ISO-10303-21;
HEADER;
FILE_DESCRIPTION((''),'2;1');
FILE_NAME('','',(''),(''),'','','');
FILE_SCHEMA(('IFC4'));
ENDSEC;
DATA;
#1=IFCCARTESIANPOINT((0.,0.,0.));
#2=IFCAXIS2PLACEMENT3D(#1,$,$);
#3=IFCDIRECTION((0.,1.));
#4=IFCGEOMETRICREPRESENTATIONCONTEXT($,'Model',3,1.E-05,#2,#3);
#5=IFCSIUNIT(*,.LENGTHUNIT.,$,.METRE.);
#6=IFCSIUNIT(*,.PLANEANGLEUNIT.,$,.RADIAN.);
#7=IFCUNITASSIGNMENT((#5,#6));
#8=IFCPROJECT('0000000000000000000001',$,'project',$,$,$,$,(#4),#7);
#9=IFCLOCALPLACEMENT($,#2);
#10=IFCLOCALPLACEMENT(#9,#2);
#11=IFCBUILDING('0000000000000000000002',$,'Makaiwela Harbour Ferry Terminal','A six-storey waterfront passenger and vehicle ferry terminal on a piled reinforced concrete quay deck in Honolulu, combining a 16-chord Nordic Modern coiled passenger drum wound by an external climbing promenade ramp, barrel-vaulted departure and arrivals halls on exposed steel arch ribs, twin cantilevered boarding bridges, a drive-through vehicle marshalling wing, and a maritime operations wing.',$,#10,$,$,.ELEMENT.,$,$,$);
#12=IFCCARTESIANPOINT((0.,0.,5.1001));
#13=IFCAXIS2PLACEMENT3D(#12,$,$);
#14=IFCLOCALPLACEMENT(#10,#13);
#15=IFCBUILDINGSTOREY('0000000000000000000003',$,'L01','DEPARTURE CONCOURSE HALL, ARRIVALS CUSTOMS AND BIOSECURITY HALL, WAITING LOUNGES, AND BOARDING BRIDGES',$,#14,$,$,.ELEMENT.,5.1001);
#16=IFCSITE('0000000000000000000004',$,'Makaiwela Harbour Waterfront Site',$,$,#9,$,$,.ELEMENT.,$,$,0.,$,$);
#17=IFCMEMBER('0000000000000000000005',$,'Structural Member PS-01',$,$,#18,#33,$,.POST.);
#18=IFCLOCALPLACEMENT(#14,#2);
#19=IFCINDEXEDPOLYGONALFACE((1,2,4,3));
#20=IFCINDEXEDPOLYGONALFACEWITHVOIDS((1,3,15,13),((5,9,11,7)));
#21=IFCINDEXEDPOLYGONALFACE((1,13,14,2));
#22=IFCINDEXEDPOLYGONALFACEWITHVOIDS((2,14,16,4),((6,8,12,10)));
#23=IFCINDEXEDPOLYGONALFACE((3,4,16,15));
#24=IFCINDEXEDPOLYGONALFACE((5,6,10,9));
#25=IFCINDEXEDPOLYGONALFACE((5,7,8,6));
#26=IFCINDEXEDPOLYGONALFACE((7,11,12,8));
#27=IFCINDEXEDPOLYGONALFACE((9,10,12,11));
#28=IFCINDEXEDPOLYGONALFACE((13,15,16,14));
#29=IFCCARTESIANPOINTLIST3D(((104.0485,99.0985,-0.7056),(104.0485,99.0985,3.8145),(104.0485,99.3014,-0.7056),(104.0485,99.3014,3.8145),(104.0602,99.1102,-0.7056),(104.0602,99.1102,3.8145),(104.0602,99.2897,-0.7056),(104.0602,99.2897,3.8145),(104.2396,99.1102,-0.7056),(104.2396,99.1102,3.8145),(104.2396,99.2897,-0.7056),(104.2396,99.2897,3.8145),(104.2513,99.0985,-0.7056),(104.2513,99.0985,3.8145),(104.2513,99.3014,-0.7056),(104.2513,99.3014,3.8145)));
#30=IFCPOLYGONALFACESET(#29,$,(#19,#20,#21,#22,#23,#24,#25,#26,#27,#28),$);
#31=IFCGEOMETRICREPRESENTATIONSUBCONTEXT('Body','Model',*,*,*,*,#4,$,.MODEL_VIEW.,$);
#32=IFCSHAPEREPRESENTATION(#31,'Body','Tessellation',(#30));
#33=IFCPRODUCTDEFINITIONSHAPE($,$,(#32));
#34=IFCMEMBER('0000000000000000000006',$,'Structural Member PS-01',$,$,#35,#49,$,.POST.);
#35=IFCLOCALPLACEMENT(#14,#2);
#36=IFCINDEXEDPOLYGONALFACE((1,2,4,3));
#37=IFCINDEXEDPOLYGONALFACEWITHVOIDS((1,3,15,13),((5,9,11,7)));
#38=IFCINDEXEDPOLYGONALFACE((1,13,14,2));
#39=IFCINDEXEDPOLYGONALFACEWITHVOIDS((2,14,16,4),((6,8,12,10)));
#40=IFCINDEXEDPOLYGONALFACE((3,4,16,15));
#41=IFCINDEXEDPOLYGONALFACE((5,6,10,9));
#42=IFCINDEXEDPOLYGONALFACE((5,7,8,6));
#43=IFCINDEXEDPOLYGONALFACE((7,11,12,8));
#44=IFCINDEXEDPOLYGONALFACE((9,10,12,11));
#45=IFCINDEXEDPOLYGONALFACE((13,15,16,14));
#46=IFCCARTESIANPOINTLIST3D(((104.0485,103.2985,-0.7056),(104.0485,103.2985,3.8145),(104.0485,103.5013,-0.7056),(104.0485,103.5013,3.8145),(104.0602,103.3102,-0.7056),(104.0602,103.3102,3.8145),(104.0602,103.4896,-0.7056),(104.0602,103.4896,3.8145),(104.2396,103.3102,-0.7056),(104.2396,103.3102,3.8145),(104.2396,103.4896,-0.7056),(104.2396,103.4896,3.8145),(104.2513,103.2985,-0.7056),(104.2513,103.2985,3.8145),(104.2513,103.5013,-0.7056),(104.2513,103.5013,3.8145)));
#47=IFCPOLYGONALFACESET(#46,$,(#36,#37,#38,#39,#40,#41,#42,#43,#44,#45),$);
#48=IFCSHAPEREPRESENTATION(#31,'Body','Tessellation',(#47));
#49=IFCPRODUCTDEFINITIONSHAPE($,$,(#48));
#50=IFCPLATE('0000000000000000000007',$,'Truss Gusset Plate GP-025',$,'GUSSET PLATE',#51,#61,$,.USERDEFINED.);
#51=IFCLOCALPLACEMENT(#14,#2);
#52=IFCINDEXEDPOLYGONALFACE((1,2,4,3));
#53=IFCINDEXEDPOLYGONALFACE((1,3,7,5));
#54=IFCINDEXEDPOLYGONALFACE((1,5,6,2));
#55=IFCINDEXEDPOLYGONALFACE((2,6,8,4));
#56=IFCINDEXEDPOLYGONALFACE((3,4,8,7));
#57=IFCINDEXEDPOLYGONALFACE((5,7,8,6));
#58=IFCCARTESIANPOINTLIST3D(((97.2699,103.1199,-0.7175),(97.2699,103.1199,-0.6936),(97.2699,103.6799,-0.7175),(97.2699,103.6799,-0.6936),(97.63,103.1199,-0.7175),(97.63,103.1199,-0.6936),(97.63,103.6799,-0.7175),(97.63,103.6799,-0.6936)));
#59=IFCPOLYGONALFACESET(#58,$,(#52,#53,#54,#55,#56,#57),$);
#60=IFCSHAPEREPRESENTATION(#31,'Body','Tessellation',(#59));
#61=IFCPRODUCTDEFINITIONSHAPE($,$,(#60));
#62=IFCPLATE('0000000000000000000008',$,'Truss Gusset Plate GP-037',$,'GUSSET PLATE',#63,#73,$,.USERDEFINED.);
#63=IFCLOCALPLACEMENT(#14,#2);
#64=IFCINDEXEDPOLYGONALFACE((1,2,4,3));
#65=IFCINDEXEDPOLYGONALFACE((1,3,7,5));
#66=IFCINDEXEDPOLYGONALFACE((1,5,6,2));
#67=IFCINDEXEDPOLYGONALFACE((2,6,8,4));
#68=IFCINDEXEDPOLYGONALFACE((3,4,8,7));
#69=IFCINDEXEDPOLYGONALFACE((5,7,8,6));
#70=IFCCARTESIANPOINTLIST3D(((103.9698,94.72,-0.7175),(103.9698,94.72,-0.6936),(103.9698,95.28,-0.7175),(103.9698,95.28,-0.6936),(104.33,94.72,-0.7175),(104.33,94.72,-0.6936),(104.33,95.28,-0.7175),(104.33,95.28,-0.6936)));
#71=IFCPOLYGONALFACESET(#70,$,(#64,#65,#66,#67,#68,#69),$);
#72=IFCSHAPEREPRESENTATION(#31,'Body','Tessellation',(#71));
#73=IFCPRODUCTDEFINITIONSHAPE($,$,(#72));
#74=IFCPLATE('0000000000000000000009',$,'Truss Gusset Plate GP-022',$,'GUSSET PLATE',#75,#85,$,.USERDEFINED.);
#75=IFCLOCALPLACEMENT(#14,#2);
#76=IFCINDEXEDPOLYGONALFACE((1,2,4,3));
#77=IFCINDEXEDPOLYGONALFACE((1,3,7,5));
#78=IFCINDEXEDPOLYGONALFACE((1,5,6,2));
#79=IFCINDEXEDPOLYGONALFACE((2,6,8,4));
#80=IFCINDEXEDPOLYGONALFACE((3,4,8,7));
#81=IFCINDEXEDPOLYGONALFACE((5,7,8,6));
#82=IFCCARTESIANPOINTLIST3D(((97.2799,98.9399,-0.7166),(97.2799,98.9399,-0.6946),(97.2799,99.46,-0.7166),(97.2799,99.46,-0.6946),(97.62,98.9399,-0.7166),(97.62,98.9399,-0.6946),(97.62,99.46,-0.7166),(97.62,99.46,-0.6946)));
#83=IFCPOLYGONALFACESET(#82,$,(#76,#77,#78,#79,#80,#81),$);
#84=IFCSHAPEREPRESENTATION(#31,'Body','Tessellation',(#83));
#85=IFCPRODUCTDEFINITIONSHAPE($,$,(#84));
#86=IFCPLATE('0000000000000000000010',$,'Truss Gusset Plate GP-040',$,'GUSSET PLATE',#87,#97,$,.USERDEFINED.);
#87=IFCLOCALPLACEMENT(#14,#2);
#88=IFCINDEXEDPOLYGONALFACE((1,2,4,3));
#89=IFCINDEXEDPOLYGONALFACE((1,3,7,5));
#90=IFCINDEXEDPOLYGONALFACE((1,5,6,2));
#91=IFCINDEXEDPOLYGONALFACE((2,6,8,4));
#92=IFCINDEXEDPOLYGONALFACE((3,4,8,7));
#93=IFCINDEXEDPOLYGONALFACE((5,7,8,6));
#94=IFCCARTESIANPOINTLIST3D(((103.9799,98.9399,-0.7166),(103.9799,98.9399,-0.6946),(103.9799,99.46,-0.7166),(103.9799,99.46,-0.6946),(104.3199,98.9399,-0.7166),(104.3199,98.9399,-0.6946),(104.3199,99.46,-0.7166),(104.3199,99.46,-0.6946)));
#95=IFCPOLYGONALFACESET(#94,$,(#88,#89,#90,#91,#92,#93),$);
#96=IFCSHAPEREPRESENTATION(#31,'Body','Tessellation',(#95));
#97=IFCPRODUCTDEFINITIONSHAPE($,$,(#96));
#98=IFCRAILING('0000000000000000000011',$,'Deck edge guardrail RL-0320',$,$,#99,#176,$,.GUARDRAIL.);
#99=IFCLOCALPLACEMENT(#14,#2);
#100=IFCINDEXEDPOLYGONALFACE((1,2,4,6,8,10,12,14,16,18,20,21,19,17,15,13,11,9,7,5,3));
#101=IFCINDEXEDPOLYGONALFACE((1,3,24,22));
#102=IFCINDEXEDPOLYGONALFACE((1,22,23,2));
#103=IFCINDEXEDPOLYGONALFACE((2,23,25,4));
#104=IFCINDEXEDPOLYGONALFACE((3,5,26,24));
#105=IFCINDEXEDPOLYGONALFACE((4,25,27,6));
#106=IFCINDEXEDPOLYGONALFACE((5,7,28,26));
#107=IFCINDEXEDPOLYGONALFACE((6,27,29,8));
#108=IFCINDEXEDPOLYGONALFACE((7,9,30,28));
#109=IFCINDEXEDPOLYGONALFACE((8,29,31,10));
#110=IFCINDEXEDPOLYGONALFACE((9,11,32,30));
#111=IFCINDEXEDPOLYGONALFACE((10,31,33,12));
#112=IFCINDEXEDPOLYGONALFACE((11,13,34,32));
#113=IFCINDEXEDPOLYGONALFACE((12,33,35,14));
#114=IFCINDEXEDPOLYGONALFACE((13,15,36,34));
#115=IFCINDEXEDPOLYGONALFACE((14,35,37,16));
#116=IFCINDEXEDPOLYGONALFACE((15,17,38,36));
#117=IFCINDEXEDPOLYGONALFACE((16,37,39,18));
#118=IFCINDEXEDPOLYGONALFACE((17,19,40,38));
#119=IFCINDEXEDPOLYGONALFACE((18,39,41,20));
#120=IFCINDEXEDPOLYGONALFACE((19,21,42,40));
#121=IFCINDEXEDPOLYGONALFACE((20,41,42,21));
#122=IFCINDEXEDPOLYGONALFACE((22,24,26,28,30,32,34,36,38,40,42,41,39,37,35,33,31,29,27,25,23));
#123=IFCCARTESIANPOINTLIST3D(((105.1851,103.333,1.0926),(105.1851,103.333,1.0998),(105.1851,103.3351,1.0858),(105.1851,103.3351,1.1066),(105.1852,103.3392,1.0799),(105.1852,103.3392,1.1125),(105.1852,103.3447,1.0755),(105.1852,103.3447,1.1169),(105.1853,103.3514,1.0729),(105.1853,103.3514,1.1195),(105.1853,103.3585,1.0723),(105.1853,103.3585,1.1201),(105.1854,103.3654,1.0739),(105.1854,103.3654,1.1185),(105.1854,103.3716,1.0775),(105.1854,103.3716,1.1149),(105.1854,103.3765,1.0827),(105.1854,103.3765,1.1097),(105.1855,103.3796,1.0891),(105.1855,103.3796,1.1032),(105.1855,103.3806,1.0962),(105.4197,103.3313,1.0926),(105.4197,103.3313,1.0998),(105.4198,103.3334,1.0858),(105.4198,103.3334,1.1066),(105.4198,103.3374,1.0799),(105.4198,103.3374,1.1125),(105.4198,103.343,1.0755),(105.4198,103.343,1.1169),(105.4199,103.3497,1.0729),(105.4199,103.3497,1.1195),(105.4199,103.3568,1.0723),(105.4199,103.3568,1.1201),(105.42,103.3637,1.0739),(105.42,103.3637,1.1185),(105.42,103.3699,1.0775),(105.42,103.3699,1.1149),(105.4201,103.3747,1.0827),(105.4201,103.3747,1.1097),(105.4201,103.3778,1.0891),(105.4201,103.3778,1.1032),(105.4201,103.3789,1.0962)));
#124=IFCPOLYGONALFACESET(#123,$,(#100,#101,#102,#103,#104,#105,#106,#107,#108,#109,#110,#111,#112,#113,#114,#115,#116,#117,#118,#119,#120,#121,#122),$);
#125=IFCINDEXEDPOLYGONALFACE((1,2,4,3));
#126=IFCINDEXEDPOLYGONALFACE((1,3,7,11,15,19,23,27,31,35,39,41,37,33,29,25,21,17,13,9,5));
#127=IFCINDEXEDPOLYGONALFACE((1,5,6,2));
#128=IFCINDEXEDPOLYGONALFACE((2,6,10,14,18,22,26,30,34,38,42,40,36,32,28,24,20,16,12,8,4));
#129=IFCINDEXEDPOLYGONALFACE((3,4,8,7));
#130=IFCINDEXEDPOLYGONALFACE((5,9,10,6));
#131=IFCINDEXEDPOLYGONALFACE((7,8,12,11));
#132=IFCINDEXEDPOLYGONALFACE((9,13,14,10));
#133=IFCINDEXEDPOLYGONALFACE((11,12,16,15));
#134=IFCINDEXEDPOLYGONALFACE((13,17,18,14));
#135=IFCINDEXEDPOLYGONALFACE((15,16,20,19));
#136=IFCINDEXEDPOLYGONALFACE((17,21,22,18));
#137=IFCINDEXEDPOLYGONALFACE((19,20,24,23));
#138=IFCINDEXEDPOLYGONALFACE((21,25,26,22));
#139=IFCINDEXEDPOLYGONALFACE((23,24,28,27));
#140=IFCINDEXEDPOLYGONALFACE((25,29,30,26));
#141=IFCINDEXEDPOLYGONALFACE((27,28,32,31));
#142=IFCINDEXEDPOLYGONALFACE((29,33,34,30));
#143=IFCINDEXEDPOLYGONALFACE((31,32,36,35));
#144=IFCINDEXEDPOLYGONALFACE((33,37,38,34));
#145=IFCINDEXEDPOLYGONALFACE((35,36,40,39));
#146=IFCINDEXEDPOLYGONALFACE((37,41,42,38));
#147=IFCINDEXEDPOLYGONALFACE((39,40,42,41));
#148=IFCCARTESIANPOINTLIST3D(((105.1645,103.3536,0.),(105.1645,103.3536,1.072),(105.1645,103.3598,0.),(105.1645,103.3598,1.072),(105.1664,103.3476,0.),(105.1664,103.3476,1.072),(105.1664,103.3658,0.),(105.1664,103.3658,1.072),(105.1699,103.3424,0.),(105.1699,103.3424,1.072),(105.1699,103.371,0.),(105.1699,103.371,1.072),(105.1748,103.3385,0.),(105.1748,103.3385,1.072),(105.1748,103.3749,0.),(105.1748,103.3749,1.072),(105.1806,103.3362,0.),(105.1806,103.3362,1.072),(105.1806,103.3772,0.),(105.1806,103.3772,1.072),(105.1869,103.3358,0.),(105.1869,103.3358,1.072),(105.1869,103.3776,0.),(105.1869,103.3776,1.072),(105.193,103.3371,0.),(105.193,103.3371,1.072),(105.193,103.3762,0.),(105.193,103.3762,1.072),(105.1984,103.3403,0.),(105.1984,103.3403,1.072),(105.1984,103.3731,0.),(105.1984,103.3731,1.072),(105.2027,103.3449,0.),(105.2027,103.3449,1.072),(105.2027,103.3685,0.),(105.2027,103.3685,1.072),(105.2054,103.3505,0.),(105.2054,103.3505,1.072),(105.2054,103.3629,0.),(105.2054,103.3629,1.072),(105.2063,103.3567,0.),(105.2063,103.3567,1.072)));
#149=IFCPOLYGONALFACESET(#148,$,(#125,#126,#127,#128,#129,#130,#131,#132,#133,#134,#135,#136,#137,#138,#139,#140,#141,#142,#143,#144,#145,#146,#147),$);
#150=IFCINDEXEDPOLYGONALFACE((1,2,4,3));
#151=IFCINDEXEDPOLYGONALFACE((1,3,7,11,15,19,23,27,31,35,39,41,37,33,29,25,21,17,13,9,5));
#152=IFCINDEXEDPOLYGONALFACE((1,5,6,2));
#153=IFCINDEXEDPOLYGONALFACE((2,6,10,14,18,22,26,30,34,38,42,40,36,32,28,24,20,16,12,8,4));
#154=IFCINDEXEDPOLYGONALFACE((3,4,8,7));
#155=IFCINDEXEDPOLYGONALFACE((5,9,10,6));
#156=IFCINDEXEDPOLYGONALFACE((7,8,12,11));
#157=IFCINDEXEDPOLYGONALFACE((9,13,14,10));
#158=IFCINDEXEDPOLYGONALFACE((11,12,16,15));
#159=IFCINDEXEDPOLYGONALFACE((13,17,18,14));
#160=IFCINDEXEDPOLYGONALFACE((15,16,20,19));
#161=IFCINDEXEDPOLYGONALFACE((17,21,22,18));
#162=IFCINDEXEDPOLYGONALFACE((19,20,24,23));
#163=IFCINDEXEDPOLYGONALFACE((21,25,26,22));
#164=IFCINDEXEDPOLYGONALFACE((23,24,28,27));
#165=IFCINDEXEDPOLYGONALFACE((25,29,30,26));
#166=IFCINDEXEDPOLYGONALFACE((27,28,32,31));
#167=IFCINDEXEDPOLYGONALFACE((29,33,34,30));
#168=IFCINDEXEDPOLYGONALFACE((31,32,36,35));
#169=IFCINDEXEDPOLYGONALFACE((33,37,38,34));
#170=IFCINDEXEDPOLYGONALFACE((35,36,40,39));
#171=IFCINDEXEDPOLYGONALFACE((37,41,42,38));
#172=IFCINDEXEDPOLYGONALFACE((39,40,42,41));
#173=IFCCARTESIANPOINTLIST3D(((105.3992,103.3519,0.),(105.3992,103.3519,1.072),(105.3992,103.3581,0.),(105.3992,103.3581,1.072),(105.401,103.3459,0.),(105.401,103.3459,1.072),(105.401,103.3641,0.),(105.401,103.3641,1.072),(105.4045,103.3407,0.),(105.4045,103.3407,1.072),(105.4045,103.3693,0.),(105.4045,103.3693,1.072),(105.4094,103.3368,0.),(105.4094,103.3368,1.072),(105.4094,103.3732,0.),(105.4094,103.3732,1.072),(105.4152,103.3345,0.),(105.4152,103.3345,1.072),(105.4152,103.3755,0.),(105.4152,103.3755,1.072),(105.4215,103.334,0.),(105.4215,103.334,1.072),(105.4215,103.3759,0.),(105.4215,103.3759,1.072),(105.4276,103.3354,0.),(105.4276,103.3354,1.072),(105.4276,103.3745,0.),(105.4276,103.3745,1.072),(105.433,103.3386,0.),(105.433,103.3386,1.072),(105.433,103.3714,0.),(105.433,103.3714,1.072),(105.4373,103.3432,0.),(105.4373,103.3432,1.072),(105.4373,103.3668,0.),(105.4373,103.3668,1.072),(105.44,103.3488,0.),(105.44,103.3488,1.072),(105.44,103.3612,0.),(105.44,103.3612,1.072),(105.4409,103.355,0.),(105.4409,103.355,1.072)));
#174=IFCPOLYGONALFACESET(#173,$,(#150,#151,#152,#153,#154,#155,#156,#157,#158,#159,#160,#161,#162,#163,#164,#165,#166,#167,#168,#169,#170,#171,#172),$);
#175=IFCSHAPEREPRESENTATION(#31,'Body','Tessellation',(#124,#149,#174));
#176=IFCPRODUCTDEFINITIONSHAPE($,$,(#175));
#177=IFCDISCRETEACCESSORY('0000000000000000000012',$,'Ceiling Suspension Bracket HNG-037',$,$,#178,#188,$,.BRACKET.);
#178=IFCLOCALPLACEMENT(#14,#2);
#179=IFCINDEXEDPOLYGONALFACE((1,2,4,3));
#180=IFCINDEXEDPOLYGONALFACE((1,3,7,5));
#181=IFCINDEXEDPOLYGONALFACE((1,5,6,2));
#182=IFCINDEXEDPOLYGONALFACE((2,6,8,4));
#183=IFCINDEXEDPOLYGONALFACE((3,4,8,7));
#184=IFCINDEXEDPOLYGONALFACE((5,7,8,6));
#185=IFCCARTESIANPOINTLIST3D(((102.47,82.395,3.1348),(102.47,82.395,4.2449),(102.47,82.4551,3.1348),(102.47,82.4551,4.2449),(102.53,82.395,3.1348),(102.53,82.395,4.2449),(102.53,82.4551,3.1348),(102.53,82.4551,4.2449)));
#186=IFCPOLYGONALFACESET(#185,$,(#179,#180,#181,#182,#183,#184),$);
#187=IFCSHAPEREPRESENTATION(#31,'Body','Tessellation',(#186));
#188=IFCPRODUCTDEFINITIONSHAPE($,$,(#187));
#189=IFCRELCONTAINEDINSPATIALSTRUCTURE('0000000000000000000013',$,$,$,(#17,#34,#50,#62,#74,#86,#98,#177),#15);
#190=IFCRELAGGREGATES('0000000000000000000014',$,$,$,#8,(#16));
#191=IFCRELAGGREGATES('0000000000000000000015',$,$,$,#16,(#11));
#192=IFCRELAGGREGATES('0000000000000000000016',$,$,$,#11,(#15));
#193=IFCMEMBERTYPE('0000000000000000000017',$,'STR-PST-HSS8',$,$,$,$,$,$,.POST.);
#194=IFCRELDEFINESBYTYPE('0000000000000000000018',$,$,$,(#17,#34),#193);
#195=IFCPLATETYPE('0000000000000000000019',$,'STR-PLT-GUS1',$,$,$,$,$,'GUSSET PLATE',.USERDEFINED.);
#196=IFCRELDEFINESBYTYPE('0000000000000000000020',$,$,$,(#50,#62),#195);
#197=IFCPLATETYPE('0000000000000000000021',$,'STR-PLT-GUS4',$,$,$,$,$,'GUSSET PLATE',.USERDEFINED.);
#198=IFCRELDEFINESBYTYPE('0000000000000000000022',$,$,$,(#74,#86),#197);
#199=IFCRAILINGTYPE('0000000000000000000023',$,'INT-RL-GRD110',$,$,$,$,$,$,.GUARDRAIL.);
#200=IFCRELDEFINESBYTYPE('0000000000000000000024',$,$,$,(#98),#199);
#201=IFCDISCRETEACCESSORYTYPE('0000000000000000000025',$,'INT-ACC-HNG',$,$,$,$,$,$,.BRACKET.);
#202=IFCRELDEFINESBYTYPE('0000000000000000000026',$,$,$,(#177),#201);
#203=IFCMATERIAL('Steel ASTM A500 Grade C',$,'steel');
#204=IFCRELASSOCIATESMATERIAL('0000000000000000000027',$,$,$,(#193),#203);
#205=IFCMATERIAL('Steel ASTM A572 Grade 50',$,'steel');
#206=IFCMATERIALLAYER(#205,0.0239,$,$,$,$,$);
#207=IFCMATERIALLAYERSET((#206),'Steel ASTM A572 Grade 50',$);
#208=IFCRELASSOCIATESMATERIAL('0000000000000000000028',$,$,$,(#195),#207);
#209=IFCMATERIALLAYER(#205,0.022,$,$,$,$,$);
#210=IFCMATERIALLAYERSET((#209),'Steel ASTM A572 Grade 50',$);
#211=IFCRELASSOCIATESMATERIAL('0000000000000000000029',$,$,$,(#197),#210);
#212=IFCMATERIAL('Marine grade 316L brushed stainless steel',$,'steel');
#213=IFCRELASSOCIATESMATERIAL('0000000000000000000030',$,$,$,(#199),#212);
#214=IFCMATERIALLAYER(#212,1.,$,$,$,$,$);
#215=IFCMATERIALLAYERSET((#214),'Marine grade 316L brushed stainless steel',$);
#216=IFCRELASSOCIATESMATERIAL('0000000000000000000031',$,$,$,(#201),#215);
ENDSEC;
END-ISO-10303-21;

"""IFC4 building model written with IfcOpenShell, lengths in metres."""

from ifc_helpers import new_model, si_unit, direction, frame, origin, origin_2d, place, context, subcontext, project, spatial, rectangle, hollow_rectangle, circle, extrude, material, layer, layer_set, material_profile, profile_set, type_object, element, save


model = new_model("IFC4")

# Units and contexts
model_context = context("Model", 3, precision=1e-05, world=origin(), true_north=direction((0.0, 1.0)))
body_context = subcontext(model_context, "Body", "Model", "MODEL_VIEW")
ifc_project = project(units=[si_unit("LENGTHUNIT", "METRE"), si_unit("PLANEANGLEUNIT", "RADIAN")], contexts=[model_context])

# Site, building, storey
site_placement = place(None, origin())
site = spatial("IfcSite", under=ifc_project, at=site_placement, Name="Makaiwela Harbour Waterfront Site", CompositionType="ELEMENT", RefElevation=0.0)
building_placement = place(site_placement, origin())
building = spatial("IfcBuilding", under=site, at=building_placement, Name="Makaiwela Harbour Ferry Terminal", Description="A six-storey waterfront passenger and vehicle ferry terminal on a piled reinforced concrete quay deck in Honolulu, combining a 16-chord Nordic Modern coiled passenger drum wound by an external climbing promenade ramp, barrel-vaulted departure and arrivals halls on exposed steel arch ribs, twin cantilevered boarding bridges, a drive-through vehicle marshalling wing, and a maritime operations wing.", CompositionType="ELEMENT")
storey_placement = place(building_placement, frame((0.0, 0.0, 5.1001)))
storey = spatial("IfcBuildingStorey", under=building, at=storey_placement, Name="L01", Description="DEPARTURE CONCOURSE HALL, ARRIVALS CUSTOMS AND BIOSECURITY HALL, WAITING LOUNGES, AND BOARDING BRIDGES", CompositionType="ELEMENT", Elevation=5.1001)

# Shared definitions
ifc_material_1 = material(Name="Steel ASTM A500 Grade C", Category="steel")

# Members
ifc_material_profile_1 = material_profile(ifc_material_1, hollow_rectangle(XDim=0.2029, YDim=0.2029, WallThickness=0.0117, at=origin_2d()), Name="HSS8X8X1/2")
ifc_profile_set_1 = profile_set([ifc_material_profile_1], Name="Steel ASTM A500 Grade C")
member_type_1 = type_object("IfcMemberType", Name="STR-PST-HSS8", PredefinedType="POST", material=ifc_profile_set_1)
for number, where, z_axis, x_axis, name in (
    (1, (104.1499, 99.2, -0.7056), (0.0, 0.0, 1.0), (1.0, 0.0, 0.0), "Structural Member PS-01"),
    (2, (104.1499, 103.3999, -0.7056), (0.0, 0.0, 1.0), (1.0, 0.0, 0.0), "Structural Member PS-01"),
):
    element("IfcMember", number, at=place(storey_placement, frame(where, z_axis=z_axis, x_axis=x_axis)), inside=storey, type_object=member_type_1, Name=name, PredefinedType="POST", context=body_context, shape_type="SweptSolid", body=[
        extrude(hollow_rectangle(XDim=0.2029, YDim=0.2029, WallThickness=0.0117, at=origin_2d()), origin(), (0.0, 0.0, 1.0), 4.52),
    ])

# Plates
ifc_material_2 = material(Name="Steel ASTM A572 Grade 50", Category="steel")
ifc_layer_1 = layer(ifc_material_2, 0.0239)
ifc_layer_set_1 = layer_set([ifc_layer_1], Name="Steel ASTM A572 Grade 50")
plate_type_1 = type_object("IfcPlateType", Name="STR-PLT-GUS1", ElementType="GUSSET PLATE", PredefinedType="USERDEFINED", material=ifc_layer_set_1)
for number, where, z_axis, x_axis, name in (
    (3, (97.45, 103.3999, -0.7175), (0.0, 0.0, 1.0), (0.0, 1.0, 0.0), "Truss Gusset Plate GP-025"),
    (4, (104.1499, 95.0, -0.7175), (0.0, 0.0, 1.0), (0.0, 1.0, 0.0), "Truss Gusset Plate GP-037"),
):
    element("IfcPlate", number, at=place(storey_placement, frame(where, z_axis=z_axis, x_axis=x_axis)), inside=storey, type_object=plate_type_1, Name=name, ObjectType="GUSSET PLATE", PredefinedType="USERDEFINED", context=body_context, shape_type="SweptSolid", body=[
        extrude(rectangle(XDim=0.5601, YDim=0.3601, at=origin_2d()), origin(), (0.0, 0.0, 1.0), 0.0239),
    ])
ifc_layer_2 = layer(ifc_material_2, 0.022)
ifc_layer_set_2 = layer_set([ifc_layer_2], Name="Steel ASTM A572 Grade 50")
plate_type_2 = type_object("IfcPlateType", Name="STR-PLT-GUS4", ElementType="GUSSET PLATE", PredefinedType="USERDEFINED", material=ifc_layer_set_2)
for number, where, z_axis, x_axis, name in (
    (5, (97.45, 99.2, -0.7166), (0.0, 0.0, 1.0), (0.0, 1.0, 0.0), "Truss Gusset Plate GP-022"),
    (6, (104.1499, 99.2, -0.7166), (0.0, 0.0, 1.0), (0.0, 1.0, 0.0), "Truss Gusset Plate GP-040"),
):
    element("IfcPlate", number, at=place(storey_placement, frame(where, z_axis=z_axis, x_axis=x_axis)), inside=storey, type_object=plate_type_2, Name=name, ObjectType="GUSSET PLATE", PredefinedType="USERDEFINED", context=body_context, shape_type="SweptSolid", body=[
        extrude(rectangle(XDim=0.52, YDim=0.3401, at=origin_2d()), origin(), (0.0, 0.0, 1.0), 0.022),
    ])

# Railing
ifc_material_3 = material(Name="Marine grade 316L brushed stainless steel", Category="steel")
railing_type = type_object("IfcRailingType", Name="INT-RL-GRD110", PredefinedType="GUARDRAIL", material=ifc_material_3)
railing_placement = place(storey_placement, frame((105.1853, 103.3567, 0.0)))
element("IfcRailing", 7, at=railing_placement, inside=storey, type_object=railing_type, Name="Deck edge guardrail RL-0320", PredefinedType="GUARDRAIL", context=body_context, shape_type="SweptSolid", body=[
    extrude(circle(Radius=0.0239, at=origin_2d()), frame((0.0, 0.0, 1.0962), z_axis=(0.999973, -0.007284, 0.0), x_axis=(0.007284, 0.999973, 0.0)), (0.0, 0.0, 1.0), 0.2346),
    extrude(circle(Radius=0.021, at=origin_2d()), origin(), (0.0, 0.0, 1.0), 1.072),
    extrude(circle(Radius=0.021, at=origin_2d()), frame((0.2346, -0.0017, 0.0)), (0.0, 0.0, 1.0), 1.072),
])

# Discrete accessory
ifc_layer_3 = layer(ifc_material_3, 1.0)
ifc_layer_set_3 = layer_set([ifc_layer_3], Name="Marine grade 316L brushed stainless steel")
discrete_accessory_type = type_object("IfcDiscreteAccessoryType", Name="INT-ACC-HNG", PredefinedType="BRACKET", material=ifc_layer_set_3)
discrete_accessory_placement = place(storey_placement, frame((102.5, 82.425, 3.1348), z_axis=(0.0, 0.0, 1.0), x_axis=(1.0, 0.0, 0.0)))
element("IfcDiscreteAccessory", 8, at=discrete_accessory_placement, inside=storey, type_object=discrete_accessory_type, Name="Ceiling Suspension Bracket HNG-037", PredefinedType="BRACKET", context=body_context, shape_type="SweptSolid", body=[
    extrude(rectangle(XDim=0.0601, YDim=0.0601, at=origin_2d()), origin(), (0.0, 0.0, 1.0), 1.1101),
])

save(model, "model.ifc")
